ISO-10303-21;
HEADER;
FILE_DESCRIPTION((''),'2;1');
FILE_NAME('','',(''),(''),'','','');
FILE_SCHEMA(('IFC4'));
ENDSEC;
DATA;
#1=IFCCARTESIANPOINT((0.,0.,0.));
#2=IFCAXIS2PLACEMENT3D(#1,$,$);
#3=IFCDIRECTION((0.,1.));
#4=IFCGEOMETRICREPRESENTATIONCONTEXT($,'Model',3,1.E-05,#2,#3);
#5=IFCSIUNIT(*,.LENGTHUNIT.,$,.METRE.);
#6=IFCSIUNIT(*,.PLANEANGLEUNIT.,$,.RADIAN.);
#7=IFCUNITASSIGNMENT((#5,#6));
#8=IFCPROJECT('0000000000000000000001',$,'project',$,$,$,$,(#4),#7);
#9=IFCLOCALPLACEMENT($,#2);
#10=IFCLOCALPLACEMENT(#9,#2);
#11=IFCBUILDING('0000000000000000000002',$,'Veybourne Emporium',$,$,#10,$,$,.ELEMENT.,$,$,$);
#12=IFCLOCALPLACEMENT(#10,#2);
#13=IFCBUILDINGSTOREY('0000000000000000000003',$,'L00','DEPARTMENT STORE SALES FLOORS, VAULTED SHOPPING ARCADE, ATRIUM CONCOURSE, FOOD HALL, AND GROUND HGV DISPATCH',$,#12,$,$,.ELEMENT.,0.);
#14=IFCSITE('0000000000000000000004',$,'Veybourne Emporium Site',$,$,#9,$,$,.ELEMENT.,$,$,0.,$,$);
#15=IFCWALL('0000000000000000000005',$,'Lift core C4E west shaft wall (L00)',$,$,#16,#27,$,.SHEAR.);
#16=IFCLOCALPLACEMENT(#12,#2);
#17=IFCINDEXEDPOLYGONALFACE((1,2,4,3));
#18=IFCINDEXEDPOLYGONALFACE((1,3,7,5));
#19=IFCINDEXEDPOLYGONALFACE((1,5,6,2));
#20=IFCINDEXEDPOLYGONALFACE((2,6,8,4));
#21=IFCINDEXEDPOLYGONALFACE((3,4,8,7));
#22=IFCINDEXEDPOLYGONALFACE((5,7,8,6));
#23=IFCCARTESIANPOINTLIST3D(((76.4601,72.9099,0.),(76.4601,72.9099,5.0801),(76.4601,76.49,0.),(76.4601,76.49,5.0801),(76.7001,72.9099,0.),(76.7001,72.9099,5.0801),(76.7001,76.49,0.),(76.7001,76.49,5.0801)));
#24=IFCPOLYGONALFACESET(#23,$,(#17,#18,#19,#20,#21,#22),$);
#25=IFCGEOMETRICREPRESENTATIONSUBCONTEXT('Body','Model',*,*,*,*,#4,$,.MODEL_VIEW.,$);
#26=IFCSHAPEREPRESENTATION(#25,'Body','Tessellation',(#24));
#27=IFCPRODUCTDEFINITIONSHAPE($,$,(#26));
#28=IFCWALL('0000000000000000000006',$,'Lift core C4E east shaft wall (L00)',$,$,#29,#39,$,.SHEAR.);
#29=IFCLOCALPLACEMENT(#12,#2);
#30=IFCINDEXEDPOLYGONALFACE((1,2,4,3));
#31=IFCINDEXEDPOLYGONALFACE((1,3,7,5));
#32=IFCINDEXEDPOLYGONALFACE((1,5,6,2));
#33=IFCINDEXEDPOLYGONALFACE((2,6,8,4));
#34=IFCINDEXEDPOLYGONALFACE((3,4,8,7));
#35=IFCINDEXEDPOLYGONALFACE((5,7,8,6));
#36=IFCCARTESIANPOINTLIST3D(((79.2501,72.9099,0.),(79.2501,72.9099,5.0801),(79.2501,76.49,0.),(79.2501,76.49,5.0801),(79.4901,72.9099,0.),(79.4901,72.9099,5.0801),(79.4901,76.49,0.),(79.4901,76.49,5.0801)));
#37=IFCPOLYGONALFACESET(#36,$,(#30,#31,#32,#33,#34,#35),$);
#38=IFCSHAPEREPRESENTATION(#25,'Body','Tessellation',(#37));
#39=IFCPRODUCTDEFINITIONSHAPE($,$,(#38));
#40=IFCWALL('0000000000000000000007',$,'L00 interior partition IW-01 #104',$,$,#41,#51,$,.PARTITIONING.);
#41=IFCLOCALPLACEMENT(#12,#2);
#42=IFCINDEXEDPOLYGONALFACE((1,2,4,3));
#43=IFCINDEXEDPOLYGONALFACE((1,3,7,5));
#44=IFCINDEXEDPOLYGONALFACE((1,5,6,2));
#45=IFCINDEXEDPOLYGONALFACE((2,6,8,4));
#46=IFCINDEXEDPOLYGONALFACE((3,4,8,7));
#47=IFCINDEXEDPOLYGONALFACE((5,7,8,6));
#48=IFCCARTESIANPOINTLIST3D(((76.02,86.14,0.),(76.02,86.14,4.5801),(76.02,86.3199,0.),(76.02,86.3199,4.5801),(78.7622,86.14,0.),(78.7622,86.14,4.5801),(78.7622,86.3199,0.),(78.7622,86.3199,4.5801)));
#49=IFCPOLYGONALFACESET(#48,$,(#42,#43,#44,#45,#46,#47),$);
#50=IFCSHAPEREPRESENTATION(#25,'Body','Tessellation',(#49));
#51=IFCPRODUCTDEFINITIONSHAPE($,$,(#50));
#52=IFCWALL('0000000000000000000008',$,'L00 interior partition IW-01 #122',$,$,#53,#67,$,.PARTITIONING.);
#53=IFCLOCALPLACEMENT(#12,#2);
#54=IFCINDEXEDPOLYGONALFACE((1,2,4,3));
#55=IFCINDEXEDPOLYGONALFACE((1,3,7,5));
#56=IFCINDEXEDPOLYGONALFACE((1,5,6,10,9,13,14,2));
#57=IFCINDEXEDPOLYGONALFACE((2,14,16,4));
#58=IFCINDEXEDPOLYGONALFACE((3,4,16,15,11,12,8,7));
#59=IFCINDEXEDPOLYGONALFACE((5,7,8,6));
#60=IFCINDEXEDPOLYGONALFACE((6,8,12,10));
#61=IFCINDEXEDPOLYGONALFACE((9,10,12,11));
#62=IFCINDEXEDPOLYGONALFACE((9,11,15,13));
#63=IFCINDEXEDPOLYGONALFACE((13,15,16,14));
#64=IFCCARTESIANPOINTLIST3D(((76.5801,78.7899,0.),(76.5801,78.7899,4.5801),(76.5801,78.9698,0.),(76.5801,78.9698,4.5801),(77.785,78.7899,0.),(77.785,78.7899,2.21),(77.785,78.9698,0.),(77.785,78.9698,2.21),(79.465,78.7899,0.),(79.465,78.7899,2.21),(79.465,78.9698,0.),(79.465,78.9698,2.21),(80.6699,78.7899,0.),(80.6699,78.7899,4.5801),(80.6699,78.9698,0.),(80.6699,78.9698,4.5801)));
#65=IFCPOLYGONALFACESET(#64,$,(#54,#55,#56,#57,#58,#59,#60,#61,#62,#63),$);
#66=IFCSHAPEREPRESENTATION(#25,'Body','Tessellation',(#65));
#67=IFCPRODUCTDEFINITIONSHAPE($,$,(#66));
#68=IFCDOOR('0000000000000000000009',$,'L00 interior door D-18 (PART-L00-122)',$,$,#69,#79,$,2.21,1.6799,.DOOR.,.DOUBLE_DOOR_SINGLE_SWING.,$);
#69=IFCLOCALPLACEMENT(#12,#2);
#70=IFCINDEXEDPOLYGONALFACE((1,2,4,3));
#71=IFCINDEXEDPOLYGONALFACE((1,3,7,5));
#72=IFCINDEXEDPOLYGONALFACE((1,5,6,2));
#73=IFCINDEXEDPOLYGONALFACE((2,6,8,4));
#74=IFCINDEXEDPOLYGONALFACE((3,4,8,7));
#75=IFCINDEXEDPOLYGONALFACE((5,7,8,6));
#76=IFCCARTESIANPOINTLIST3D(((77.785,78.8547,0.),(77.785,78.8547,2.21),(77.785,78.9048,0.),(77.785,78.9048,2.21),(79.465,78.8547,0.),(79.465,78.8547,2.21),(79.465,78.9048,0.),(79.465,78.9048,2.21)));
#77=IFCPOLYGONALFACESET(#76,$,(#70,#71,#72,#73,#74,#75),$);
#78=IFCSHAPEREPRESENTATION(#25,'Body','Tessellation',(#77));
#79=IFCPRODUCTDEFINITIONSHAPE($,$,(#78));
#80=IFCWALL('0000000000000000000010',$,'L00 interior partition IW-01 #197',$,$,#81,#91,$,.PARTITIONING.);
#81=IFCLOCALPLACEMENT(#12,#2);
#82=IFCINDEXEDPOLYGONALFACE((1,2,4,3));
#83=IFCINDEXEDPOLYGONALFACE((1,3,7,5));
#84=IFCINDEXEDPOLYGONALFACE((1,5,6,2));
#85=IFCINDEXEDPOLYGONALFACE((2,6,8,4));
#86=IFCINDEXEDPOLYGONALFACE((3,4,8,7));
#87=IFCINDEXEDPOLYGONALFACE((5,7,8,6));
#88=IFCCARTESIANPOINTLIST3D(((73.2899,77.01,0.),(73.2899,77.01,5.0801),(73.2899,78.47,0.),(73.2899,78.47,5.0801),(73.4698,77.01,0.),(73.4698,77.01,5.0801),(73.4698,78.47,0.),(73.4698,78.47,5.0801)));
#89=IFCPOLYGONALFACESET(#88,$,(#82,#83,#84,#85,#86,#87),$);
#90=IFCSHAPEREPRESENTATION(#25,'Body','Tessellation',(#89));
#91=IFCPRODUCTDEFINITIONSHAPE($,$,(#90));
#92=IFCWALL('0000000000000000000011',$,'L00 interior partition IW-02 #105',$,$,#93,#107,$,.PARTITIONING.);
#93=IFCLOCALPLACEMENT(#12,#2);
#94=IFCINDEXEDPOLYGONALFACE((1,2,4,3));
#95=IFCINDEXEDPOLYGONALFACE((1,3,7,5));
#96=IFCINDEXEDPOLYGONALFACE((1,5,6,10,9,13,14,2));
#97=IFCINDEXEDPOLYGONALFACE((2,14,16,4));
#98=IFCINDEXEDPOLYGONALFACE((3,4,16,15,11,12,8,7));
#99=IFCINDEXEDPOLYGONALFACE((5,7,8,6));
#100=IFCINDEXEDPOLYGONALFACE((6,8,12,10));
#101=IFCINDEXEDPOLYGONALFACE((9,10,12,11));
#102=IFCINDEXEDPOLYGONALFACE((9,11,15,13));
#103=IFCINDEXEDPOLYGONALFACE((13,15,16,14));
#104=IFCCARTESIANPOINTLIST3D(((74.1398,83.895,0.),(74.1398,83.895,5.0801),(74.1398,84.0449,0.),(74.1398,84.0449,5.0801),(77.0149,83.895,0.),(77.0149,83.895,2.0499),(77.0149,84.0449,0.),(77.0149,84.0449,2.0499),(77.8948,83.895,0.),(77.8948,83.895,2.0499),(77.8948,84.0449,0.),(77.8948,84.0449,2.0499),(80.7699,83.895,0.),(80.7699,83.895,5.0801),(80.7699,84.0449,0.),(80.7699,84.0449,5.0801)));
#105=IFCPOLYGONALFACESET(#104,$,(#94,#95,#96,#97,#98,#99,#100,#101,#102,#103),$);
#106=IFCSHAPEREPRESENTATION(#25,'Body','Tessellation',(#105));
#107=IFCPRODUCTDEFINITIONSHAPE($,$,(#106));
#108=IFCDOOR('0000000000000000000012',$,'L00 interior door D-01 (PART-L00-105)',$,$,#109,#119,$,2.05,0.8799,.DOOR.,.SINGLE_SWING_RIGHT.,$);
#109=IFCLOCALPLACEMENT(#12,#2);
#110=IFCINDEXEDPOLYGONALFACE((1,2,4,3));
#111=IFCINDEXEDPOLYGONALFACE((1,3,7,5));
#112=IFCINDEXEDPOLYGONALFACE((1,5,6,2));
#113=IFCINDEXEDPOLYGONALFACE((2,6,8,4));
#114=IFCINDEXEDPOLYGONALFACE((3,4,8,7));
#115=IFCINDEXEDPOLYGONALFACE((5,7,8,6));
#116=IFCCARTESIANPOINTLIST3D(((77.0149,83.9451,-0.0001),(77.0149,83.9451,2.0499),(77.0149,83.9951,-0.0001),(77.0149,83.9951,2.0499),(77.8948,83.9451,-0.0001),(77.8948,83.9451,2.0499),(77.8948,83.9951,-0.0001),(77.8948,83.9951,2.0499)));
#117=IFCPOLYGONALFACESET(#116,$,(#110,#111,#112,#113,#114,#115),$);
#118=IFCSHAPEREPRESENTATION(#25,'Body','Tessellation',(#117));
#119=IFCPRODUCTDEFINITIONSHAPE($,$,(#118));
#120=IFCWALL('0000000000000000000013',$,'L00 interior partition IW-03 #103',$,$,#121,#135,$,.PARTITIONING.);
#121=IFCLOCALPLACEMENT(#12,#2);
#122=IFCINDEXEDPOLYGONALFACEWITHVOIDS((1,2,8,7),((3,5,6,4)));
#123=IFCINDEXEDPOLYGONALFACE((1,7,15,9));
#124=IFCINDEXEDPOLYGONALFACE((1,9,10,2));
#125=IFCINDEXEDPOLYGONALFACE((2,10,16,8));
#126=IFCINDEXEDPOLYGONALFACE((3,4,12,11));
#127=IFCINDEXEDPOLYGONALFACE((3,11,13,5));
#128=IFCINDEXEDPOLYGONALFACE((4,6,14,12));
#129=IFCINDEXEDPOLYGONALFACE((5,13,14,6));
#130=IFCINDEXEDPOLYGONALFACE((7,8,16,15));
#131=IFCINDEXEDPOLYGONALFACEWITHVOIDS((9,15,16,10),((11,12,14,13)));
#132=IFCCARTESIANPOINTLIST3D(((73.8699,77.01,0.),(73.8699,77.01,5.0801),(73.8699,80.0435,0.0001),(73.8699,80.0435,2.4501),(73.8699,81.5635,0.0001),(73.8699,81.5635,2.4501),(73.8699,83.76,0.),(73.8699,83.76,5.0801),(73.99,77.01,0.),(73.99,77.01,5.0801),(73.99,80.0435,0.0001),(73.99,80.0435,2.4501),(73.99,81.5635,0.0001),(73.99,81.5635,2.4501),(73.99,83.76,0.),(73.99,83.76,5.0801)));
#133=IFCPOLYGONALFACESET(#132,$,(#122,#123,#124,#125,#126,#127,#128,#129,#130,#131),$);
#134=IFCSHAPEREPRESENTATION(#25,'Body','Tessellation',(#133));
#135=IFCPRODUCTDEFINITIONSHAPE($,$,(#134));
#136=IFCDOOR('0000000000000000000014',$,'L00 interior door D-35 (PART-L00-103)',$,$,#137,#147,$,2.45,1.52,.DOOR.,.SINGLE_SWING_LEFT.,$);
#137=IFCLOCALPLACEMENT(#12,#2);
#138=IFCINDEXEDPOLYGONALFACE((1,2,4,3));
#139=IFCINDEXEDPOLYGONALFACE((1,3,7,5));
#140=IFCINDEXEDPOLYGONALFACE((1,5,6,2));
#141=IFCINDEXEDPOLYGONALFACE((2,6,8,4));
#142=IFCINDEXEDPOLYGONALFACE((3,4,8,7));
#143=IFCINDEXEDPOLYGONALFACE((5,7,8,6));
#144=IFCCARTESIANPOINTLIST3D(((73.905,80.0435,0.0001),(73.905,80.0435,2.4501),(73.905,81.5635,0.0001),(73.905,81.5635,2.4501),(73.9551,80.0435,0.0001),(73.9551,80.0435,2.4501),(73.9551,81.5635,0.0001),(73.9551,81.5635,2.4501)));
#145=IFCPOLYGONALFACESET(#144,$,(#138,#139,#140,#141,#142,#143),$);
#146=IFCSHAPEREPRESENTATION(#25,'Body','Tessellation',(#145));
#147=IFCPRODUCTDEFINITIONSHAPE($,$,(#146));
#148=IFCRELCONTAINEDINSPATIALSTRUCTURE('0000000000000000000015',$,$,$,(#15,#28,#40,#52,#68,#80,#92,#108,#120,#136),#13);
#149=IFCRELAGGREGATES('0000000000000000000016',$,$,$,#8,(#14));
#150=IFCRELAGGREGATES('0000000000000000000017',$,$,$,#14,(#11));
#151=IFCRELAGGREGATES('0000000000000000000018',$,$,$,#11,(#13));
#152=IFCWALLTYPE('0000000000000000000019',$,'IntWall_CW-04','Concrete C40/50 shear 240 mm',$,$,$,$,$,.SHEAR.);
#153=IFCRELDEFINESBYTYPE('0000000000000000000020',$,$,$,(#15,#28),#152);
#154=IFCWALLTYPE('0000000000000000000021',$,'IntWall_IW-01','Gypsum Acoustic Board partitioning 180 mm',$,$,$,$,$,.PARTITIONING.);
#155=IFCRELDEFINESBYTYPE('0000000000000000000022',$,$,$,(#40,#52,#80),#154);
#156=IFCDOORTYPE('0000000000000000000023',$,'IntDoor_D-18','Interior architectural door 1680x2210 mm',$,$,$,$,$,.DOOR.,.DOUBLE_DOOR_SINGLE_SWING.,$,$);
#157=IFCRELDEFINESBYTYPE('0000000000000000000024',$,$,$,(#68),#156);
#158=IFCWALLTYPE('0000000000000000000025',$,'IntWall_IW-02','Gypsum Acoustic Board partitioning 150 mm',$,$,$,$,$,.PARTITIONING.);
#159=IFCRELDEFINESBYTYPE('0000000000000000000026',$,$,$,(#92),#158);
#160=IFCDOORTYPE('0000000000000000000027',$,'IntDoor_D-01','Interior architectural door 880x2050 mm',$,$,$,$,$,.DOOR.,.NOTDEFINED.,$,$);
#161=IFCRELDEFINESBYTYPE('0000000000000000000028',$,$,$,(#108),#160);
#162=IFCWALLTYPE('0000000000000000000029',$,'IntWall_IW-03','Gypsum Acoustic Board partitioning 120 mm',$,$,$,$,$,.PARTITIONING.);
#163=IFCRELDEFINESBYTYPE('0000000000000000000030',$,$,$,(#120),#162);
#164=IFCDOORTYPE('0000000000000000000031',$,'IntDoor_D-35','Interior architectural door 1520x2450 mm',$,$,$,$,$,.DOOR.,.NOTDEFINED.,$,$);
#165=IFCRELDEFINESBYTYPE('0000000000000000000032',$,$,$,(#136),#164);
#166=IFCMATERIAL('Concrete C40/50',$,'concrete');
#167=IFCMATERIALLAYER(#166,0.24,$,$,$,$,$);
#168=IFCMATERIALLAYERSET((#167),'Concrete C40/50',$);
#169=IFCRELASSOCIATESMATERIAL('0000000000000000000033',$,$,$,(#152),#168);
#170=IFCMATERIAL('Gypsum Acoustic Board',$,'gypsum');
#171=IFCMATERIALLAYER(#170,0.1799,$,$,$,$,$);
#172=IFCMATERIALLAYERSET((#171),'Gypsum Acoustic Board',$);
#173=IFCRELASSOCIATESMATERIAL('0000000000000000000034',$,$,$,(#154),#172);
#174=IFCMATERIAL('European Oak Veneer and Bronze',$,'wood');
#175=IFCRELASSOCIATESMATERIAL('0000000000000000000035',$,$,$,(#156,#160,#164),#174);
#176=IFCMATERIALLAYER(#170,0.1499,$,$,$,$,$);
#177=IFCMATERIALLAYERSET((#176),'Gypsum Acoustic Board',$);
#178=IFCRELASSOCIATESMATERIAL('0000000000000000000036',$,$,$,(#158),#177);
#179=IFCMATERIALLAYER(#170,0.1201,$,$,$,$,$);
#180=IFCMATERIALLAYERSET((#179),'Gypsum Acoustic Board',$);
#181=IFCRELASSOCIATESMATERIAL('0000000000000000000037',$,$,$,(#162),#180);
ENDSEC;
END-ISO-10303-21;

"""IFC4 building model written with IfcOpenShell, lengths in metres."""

from ifc_helpers import new_model, si_unit, direction, frame, frame_2d, origin, place, context, subcontext, project, spatial, rectangle, extrude, material, layer, layer_set, type_object, element, fill, save


model = new_model("IFC4")

# Units and contexts
model_context = context("Model", 3, precision=1e-05, world=origin(), true_north=direction((0.0, 1.0)))
body_context = subcontext(model_context, "Body", "Model", "MODEL_VIEW")
ifc_project = project(units=[si_unit("LENGTHUNIT", "METRE"), si_unit("PLANEANGLEUNIT", "RADIAN")], contexts=[model_context])

# Site, building, storey
site_placement = place(None, origin())
site = spatial("IfcSite", under=ifc_project, at=site_placement, Name="Veybourne Emporium Site", CompositionType="ELEMENT", RefElevation=0.0)
building_placement = place(site_placement, origin())
building = spatial("IfcBuilding", under=site, at=building_placement, Name="Veybourne Emporium", CompositionType="ELEMENT")
storey_placement = place(building_placement, origin())
storey = spatial("IfcBuildingStorey", under=building, at=storey_placement, Name="L00", Description="DEPARTMENT STORE SALES FLOORS, VAULTED SHOPPING ARCADE, ATRIUM CONCOURSE, FOOD HALL, AND GROUND HGV DISPATCH", CompositionType="ELEMENT", Elevation=0.0)

# Shared definitions
ifc_material_1 = material(Name="Concrete C40/50", Category="concrete")

# Shared definitions
ifc_layer_1 = layer(ifc_material_1, 0.24)
ifc_layer_set_1 = layer_set([ifc_layer_1], Name="Concrete C40/50")
wall_type_1 = type_object("IfcWallType", Name="IntWall_CW-04", Description="Concrete C40/50 shear 240 mm", PredefinedType="SHEAR", material=ifc_layer_set_1)

# Walls
for number, where, z_axis, x_axis, name in (
    (1, (76.5801, 76.49, 0.0), (0.0, 0.0, 1.0), (0.0, -1.0, 0.0), "Lift core C4E west shaft wall (L00)"),
    (2, (79.3701, 72.9099, 0.0), (0.0, 0.0, 1.0), (0.0, 1.0, 0.0), "Lift core C4E east shaft wall (L00)"),
):
    element("IfcWall", number, at=place(storey_placement, frame(where, z_axis=z_axis, x_axis=x_axis)), inside=storey, type_object=wall_type_1, Name=name, PredefinedType="SHEAR", context=body_context, shape_type="SweptSolid", body=[
        extrude(rectangle(XDim=3.5801, YDim=0.24, at=frame_2d((1.79, 0.0))), origin(), (0.0, 0.0, 1.0), 5.0801),
    ])
ifc_material_2 = material(Name="Gypsum Acoustic Board", Category="gypsum")
ifc_layer_2 = layer(ifc_material_2, 0.1799)
ifc_layer_set_2 = layer_set([ifc_layer_2], Name="Gypsum Acoustic Board")
wall_type_2 = type_object("IfcWallType", Name="IntWall_IW-01", Description="Gypsum Acoustic Board partitioning 180 mm", PredefinedType="PARTITIONING", material=ifc_layer_set_2)
wall_1_placement = place(storey_placement, frame((76.02, 86.23, 0.0), z_axis=(0.0, 0.0, 1.0), x_axis=(1.0, 0.0, 0.0)))
element("IfcWall", 3, at=wall_1_placement, inside=storey, type_object=wall_type_2, Name="L00 interior partition IW-01 #104", PredefinedType="PARTITIONING", context=body_context, shape_type="SweptSolid", body=[
    extrude(rectangle(XDim=2.7422, YDim=0.1799, at=frame_2d((1.3711, 0.0))), origin(), (0.0, 0.0, 1.0), 4.5801),
])

# Wall, opening, door
wall_2_placement = place(storey_placement, frame((76.5801, 78.8799, 0.0), z_axis=(0.0, 0.0, 1.0), x_axis=(1.0, 0.0, 0.0)))
wall_2 = element("IfcWall", 4, at=wall_2_placement, inside=storey, type_object=wall_type_2, Name="L00 interior partition IW-01 #122", PredefinedType="PARTITIONING", context=body_context, shape_type="SweptSolid", body=[
    extrude(rectangle(XDim=4.0898, YDim=0.1799, at=frame_2d((2.0449, 0.0))), origin(), (0.0, 0.0, 1.0), 4.5801),
])
opening_1_placement = place(wall_2_placement, frame((1.2051, 0.0, 0.0)))
opening_1 = element("IfcOpeningElement", 5, at=opening_1_placement, cuts=wall_2, PredefinedType="OPENING", context=body_context, shape_type="SweptSolid", body=[
    extrude(rectangle(XDim=1.6799, YDim=2.21, at=frame_2d((0.8398, 1.105))), frame((0.0, 0.1099, 0.0), z_axis=(0.0, -1.0, 0.0), x_axis=(1.0, 0.0, 0.0)), (0.0, 0.0, 1.0), 0.22),
])
ifc_material_3 = material(Name="European Oak Veneer and Bronze", Category="wood")
door_type_1 = type_object("IfcDoorType", Name="IntDoor_D-18", Description="Interior architectural door 1680x2210 mm", OperationType="DOUBLE_DOOR_SINGLE_SWING", PredefinedType="DOOR", material=ifc_material_3)
door_1_placement = place(opening_1_placement, origin())
door_1 = element("IfcDoor", 6, at=door_1_placement, inside=storey, type_object=door_type_1, Name="L00 interior door D-18 (PART-L00-122)", OperationType="DOUBLE_DOOR_SINGLE_SWING", OverallHeight=2.21, OverallWidth=1.6799, PredefinedType="DOOR", context=body_context, shape_type="SweptSolid", body=[
    extrude(rectangle(XDim=1.6799, YDim=2.21, at=frame_2d((0.8398, 1.105))), frame((0.0, 0.0249, 0.0), z_axis=(0.0, -1.0, 0.0), x_axis=(1.0, 0.0, 0.0)), (0.0, 0.0, 1.0), 0.05),
])
fill(opening_1, door_1)

# Wall
wall_3_placement = place(storey_placement, frame((73.3799, 77.01, 0.0), z_axis=(0.0, 0.0, 1.0), x_axis=(0.0, 1.0, 0.0)))
element("IfcWall", 7, at=wall_3_placement, inside=storey, type_object=wall_type_2, Name="L00 interior partition IW-01 #197", PredefinedType="PARTITIONING", context=body_context, shape_type="SweptSolid", body=[
    extrude(rectangle(XDim=1.46, YDim=0.1799, at=frame_2d((0.73, 0.0))), origin(), (0.0, 0.0, 1.0), 5.0801),
])

# Walls, openings, doors
ifc_layer_3 = layer(ifc_material_2, 0.1499)
ifc_layer_set_3 = layer_set([ifc_layer_3], Name="Gypsum Acoustic Board")
wall_type_3 = type_object("IfcWallType", Name="IntWall_IW-02", Description="Gypsum Acoustic Board partitioning 150 mm", PredefinedType="PARTITIONING", material=ifc_layer_set_3)
wall_4_placement = place(storey_placement, frame((74.1399, 83.97, 0.0), z_axis=(0.0, 0.0, 1.0), x_axis=(1.0, 0.0, 0.0)))
wall_4 = element("IfcWall", 8, at=wall_4_placement, inside=storey, type_object=wall_type_3, Name="L00 interior partition IW-02 #105", PredefinedType="PARTITIONING", context=body_context, shape_type="SweptSolid", body=[
    extrude(rectangle(XDim=6.6301, YDim=0.1499, at=frame_2d((3.3149, 0.0))), origin(), (0.0, 0.0, 1.0), 5.0801),
])
opening_2_placement = place(wall_4_placement, frame((2.875, 0.0, 0.0)))
opening_2 = element("IfcOpeningElement", 9, at=opening_2_placement, cuts=wall_4, PredefinedType="OPENING", context=body_context, shape_type="SweptSolid", body=[
    extrude(rectangle(XDim=0.8799, YDim=2.05, at=frame_2d((0.4399, 1.0249))), frame((0.0, 0.095, 0.0), z_axis=(0.0, -1.0, 0.0), x_axis=(1.0, 0.0, 0.0)), (0.0, 0.0, 1.0), 0.1899),
])
door_type_2 = type_object("IfcDoorType", Name="IntDoor_D-01", Description="Interior architectural door 880x2050 mm", OperationType="NOTDEFINED", PredefinedType="DOOR", material=ifc_material_3)
door_2_placement = place(opening_2_placement, frame((0.8799, 0.0, 0.0), z_axis=(0.0, 0.0, 1.0), x_axis=(-1.0, 0.0, 0.0)))
door_2 = element("IfcDoor", 10, at=door_2_placement, inside=storey, type_object=door_type_2, Name="L00 interior door D-01 (PART-L00-105)", OperationType="SINGLE_SWING_RIGHT", OverallHeight=2.05, OverallWidth=0.8799, PredefinedType="DOOR", context=body_context, shape_type="SweptSolid", body=[
    extrude(rectangle(XDim=0.8799, YDim=2.05, at=frame_2d((0.4399, 1.0249))), frame((0.0, 0.0249, 0.0), z_axis=(0.0, -1.0, 0.0), x_axis=(1.0, 0.0, 0.0)), (0.0, 0.0, 1.0), 0.05),
])
fill(opening_2, door_2)
ifc_layer_4 = layer(ifc_material_2, 0.1201)
ifc_layer_set_4 = layer_set([ifc_layer_4], Name="Gypsum Acoustic Board")
wall_type_4 = type_object("IfcWallType", Name="IntWall_IW-03", Description="Gypsum Acoustic Board partitioning 120 mm", PredefinedType="PARTITIONING", material=ifc_layer_set_4)
wall_5_placement = place(storey_placement, frame((73.9299, 77.01, 0.0), z_axis=(0.0, 0.0, 1.0), x_axis=(0.0, 1.0, 0.0)))
wall_5 = element("IfcWall", 11, at=wall_5_placement, inside=storey, type_object=wall_type_4, Name="L00 interior partition IW-03 #103", PredefinedType="PARTITIONING", context=body_context, shape_type="SweptSolid", body=[
    extrude(rectangle(XDim=6.75, YDim=0.1201, at=frame_2d((3.375, 0.0))), origin(), (0.0, 0.0, 1.0), 5.0801),
])
opening_3_placement = place(wall_5_placement, frame((3.0334, 0.0, 0.0)))
opening_3 = element("IfcOpeningElement", 12, at=opening_3_placement, cuts=wall_5, PredefinedType="OPENING", context=body_context, shape_type="SweptSolid", body=[
    extrude(rectangle(XDim=1.52, YDim=2.45, at=frame_2d((0.76, 1.2251))), frame((0.0, 0.0801, 0.0), z_axis=(0.0, -1.0, 0.0), x_axis=(1.0, 0.0, 0.0)), (0.0, 0.0, 1.0), 0.1602),
])
door_type_3 = type_object("IfcDoorType", Name="IntDoor_D-35", Description="Interior architectural door 1520x2450 mm", OperationType="NOTDEFINED", PredefinedType="DOOR", material=ifc_material_3)
door_3_placement = place(opening_3_placement, origin())
door_3 = element("IfcDoor", 13, at=door_3_placement, inside=storey, type_object=door_type_3, Name="L00 interior door D-35 (PART-L00-103)", OperationType="SINGLE_SWING_LEFT", OverallHeight=2.45, OverallWidth=1.52, PredefinedType="DOOR", context=body_context, shape_type="SweptSolid", body=[
    extrude(rectangle(XDim=1.52, YDim=2.45, at=frame_2d((0.76, 1.2251))), frame((0.0, 0.0249, 0.0), z_axis=(0.0, -1.0, 0.0), x_axis=(1.0, 0.0, 0.0)), (0.0, 0.0, 1.0), 0.05),
])
fill(opening_3, door_3)

save(model, "model.ifc")
